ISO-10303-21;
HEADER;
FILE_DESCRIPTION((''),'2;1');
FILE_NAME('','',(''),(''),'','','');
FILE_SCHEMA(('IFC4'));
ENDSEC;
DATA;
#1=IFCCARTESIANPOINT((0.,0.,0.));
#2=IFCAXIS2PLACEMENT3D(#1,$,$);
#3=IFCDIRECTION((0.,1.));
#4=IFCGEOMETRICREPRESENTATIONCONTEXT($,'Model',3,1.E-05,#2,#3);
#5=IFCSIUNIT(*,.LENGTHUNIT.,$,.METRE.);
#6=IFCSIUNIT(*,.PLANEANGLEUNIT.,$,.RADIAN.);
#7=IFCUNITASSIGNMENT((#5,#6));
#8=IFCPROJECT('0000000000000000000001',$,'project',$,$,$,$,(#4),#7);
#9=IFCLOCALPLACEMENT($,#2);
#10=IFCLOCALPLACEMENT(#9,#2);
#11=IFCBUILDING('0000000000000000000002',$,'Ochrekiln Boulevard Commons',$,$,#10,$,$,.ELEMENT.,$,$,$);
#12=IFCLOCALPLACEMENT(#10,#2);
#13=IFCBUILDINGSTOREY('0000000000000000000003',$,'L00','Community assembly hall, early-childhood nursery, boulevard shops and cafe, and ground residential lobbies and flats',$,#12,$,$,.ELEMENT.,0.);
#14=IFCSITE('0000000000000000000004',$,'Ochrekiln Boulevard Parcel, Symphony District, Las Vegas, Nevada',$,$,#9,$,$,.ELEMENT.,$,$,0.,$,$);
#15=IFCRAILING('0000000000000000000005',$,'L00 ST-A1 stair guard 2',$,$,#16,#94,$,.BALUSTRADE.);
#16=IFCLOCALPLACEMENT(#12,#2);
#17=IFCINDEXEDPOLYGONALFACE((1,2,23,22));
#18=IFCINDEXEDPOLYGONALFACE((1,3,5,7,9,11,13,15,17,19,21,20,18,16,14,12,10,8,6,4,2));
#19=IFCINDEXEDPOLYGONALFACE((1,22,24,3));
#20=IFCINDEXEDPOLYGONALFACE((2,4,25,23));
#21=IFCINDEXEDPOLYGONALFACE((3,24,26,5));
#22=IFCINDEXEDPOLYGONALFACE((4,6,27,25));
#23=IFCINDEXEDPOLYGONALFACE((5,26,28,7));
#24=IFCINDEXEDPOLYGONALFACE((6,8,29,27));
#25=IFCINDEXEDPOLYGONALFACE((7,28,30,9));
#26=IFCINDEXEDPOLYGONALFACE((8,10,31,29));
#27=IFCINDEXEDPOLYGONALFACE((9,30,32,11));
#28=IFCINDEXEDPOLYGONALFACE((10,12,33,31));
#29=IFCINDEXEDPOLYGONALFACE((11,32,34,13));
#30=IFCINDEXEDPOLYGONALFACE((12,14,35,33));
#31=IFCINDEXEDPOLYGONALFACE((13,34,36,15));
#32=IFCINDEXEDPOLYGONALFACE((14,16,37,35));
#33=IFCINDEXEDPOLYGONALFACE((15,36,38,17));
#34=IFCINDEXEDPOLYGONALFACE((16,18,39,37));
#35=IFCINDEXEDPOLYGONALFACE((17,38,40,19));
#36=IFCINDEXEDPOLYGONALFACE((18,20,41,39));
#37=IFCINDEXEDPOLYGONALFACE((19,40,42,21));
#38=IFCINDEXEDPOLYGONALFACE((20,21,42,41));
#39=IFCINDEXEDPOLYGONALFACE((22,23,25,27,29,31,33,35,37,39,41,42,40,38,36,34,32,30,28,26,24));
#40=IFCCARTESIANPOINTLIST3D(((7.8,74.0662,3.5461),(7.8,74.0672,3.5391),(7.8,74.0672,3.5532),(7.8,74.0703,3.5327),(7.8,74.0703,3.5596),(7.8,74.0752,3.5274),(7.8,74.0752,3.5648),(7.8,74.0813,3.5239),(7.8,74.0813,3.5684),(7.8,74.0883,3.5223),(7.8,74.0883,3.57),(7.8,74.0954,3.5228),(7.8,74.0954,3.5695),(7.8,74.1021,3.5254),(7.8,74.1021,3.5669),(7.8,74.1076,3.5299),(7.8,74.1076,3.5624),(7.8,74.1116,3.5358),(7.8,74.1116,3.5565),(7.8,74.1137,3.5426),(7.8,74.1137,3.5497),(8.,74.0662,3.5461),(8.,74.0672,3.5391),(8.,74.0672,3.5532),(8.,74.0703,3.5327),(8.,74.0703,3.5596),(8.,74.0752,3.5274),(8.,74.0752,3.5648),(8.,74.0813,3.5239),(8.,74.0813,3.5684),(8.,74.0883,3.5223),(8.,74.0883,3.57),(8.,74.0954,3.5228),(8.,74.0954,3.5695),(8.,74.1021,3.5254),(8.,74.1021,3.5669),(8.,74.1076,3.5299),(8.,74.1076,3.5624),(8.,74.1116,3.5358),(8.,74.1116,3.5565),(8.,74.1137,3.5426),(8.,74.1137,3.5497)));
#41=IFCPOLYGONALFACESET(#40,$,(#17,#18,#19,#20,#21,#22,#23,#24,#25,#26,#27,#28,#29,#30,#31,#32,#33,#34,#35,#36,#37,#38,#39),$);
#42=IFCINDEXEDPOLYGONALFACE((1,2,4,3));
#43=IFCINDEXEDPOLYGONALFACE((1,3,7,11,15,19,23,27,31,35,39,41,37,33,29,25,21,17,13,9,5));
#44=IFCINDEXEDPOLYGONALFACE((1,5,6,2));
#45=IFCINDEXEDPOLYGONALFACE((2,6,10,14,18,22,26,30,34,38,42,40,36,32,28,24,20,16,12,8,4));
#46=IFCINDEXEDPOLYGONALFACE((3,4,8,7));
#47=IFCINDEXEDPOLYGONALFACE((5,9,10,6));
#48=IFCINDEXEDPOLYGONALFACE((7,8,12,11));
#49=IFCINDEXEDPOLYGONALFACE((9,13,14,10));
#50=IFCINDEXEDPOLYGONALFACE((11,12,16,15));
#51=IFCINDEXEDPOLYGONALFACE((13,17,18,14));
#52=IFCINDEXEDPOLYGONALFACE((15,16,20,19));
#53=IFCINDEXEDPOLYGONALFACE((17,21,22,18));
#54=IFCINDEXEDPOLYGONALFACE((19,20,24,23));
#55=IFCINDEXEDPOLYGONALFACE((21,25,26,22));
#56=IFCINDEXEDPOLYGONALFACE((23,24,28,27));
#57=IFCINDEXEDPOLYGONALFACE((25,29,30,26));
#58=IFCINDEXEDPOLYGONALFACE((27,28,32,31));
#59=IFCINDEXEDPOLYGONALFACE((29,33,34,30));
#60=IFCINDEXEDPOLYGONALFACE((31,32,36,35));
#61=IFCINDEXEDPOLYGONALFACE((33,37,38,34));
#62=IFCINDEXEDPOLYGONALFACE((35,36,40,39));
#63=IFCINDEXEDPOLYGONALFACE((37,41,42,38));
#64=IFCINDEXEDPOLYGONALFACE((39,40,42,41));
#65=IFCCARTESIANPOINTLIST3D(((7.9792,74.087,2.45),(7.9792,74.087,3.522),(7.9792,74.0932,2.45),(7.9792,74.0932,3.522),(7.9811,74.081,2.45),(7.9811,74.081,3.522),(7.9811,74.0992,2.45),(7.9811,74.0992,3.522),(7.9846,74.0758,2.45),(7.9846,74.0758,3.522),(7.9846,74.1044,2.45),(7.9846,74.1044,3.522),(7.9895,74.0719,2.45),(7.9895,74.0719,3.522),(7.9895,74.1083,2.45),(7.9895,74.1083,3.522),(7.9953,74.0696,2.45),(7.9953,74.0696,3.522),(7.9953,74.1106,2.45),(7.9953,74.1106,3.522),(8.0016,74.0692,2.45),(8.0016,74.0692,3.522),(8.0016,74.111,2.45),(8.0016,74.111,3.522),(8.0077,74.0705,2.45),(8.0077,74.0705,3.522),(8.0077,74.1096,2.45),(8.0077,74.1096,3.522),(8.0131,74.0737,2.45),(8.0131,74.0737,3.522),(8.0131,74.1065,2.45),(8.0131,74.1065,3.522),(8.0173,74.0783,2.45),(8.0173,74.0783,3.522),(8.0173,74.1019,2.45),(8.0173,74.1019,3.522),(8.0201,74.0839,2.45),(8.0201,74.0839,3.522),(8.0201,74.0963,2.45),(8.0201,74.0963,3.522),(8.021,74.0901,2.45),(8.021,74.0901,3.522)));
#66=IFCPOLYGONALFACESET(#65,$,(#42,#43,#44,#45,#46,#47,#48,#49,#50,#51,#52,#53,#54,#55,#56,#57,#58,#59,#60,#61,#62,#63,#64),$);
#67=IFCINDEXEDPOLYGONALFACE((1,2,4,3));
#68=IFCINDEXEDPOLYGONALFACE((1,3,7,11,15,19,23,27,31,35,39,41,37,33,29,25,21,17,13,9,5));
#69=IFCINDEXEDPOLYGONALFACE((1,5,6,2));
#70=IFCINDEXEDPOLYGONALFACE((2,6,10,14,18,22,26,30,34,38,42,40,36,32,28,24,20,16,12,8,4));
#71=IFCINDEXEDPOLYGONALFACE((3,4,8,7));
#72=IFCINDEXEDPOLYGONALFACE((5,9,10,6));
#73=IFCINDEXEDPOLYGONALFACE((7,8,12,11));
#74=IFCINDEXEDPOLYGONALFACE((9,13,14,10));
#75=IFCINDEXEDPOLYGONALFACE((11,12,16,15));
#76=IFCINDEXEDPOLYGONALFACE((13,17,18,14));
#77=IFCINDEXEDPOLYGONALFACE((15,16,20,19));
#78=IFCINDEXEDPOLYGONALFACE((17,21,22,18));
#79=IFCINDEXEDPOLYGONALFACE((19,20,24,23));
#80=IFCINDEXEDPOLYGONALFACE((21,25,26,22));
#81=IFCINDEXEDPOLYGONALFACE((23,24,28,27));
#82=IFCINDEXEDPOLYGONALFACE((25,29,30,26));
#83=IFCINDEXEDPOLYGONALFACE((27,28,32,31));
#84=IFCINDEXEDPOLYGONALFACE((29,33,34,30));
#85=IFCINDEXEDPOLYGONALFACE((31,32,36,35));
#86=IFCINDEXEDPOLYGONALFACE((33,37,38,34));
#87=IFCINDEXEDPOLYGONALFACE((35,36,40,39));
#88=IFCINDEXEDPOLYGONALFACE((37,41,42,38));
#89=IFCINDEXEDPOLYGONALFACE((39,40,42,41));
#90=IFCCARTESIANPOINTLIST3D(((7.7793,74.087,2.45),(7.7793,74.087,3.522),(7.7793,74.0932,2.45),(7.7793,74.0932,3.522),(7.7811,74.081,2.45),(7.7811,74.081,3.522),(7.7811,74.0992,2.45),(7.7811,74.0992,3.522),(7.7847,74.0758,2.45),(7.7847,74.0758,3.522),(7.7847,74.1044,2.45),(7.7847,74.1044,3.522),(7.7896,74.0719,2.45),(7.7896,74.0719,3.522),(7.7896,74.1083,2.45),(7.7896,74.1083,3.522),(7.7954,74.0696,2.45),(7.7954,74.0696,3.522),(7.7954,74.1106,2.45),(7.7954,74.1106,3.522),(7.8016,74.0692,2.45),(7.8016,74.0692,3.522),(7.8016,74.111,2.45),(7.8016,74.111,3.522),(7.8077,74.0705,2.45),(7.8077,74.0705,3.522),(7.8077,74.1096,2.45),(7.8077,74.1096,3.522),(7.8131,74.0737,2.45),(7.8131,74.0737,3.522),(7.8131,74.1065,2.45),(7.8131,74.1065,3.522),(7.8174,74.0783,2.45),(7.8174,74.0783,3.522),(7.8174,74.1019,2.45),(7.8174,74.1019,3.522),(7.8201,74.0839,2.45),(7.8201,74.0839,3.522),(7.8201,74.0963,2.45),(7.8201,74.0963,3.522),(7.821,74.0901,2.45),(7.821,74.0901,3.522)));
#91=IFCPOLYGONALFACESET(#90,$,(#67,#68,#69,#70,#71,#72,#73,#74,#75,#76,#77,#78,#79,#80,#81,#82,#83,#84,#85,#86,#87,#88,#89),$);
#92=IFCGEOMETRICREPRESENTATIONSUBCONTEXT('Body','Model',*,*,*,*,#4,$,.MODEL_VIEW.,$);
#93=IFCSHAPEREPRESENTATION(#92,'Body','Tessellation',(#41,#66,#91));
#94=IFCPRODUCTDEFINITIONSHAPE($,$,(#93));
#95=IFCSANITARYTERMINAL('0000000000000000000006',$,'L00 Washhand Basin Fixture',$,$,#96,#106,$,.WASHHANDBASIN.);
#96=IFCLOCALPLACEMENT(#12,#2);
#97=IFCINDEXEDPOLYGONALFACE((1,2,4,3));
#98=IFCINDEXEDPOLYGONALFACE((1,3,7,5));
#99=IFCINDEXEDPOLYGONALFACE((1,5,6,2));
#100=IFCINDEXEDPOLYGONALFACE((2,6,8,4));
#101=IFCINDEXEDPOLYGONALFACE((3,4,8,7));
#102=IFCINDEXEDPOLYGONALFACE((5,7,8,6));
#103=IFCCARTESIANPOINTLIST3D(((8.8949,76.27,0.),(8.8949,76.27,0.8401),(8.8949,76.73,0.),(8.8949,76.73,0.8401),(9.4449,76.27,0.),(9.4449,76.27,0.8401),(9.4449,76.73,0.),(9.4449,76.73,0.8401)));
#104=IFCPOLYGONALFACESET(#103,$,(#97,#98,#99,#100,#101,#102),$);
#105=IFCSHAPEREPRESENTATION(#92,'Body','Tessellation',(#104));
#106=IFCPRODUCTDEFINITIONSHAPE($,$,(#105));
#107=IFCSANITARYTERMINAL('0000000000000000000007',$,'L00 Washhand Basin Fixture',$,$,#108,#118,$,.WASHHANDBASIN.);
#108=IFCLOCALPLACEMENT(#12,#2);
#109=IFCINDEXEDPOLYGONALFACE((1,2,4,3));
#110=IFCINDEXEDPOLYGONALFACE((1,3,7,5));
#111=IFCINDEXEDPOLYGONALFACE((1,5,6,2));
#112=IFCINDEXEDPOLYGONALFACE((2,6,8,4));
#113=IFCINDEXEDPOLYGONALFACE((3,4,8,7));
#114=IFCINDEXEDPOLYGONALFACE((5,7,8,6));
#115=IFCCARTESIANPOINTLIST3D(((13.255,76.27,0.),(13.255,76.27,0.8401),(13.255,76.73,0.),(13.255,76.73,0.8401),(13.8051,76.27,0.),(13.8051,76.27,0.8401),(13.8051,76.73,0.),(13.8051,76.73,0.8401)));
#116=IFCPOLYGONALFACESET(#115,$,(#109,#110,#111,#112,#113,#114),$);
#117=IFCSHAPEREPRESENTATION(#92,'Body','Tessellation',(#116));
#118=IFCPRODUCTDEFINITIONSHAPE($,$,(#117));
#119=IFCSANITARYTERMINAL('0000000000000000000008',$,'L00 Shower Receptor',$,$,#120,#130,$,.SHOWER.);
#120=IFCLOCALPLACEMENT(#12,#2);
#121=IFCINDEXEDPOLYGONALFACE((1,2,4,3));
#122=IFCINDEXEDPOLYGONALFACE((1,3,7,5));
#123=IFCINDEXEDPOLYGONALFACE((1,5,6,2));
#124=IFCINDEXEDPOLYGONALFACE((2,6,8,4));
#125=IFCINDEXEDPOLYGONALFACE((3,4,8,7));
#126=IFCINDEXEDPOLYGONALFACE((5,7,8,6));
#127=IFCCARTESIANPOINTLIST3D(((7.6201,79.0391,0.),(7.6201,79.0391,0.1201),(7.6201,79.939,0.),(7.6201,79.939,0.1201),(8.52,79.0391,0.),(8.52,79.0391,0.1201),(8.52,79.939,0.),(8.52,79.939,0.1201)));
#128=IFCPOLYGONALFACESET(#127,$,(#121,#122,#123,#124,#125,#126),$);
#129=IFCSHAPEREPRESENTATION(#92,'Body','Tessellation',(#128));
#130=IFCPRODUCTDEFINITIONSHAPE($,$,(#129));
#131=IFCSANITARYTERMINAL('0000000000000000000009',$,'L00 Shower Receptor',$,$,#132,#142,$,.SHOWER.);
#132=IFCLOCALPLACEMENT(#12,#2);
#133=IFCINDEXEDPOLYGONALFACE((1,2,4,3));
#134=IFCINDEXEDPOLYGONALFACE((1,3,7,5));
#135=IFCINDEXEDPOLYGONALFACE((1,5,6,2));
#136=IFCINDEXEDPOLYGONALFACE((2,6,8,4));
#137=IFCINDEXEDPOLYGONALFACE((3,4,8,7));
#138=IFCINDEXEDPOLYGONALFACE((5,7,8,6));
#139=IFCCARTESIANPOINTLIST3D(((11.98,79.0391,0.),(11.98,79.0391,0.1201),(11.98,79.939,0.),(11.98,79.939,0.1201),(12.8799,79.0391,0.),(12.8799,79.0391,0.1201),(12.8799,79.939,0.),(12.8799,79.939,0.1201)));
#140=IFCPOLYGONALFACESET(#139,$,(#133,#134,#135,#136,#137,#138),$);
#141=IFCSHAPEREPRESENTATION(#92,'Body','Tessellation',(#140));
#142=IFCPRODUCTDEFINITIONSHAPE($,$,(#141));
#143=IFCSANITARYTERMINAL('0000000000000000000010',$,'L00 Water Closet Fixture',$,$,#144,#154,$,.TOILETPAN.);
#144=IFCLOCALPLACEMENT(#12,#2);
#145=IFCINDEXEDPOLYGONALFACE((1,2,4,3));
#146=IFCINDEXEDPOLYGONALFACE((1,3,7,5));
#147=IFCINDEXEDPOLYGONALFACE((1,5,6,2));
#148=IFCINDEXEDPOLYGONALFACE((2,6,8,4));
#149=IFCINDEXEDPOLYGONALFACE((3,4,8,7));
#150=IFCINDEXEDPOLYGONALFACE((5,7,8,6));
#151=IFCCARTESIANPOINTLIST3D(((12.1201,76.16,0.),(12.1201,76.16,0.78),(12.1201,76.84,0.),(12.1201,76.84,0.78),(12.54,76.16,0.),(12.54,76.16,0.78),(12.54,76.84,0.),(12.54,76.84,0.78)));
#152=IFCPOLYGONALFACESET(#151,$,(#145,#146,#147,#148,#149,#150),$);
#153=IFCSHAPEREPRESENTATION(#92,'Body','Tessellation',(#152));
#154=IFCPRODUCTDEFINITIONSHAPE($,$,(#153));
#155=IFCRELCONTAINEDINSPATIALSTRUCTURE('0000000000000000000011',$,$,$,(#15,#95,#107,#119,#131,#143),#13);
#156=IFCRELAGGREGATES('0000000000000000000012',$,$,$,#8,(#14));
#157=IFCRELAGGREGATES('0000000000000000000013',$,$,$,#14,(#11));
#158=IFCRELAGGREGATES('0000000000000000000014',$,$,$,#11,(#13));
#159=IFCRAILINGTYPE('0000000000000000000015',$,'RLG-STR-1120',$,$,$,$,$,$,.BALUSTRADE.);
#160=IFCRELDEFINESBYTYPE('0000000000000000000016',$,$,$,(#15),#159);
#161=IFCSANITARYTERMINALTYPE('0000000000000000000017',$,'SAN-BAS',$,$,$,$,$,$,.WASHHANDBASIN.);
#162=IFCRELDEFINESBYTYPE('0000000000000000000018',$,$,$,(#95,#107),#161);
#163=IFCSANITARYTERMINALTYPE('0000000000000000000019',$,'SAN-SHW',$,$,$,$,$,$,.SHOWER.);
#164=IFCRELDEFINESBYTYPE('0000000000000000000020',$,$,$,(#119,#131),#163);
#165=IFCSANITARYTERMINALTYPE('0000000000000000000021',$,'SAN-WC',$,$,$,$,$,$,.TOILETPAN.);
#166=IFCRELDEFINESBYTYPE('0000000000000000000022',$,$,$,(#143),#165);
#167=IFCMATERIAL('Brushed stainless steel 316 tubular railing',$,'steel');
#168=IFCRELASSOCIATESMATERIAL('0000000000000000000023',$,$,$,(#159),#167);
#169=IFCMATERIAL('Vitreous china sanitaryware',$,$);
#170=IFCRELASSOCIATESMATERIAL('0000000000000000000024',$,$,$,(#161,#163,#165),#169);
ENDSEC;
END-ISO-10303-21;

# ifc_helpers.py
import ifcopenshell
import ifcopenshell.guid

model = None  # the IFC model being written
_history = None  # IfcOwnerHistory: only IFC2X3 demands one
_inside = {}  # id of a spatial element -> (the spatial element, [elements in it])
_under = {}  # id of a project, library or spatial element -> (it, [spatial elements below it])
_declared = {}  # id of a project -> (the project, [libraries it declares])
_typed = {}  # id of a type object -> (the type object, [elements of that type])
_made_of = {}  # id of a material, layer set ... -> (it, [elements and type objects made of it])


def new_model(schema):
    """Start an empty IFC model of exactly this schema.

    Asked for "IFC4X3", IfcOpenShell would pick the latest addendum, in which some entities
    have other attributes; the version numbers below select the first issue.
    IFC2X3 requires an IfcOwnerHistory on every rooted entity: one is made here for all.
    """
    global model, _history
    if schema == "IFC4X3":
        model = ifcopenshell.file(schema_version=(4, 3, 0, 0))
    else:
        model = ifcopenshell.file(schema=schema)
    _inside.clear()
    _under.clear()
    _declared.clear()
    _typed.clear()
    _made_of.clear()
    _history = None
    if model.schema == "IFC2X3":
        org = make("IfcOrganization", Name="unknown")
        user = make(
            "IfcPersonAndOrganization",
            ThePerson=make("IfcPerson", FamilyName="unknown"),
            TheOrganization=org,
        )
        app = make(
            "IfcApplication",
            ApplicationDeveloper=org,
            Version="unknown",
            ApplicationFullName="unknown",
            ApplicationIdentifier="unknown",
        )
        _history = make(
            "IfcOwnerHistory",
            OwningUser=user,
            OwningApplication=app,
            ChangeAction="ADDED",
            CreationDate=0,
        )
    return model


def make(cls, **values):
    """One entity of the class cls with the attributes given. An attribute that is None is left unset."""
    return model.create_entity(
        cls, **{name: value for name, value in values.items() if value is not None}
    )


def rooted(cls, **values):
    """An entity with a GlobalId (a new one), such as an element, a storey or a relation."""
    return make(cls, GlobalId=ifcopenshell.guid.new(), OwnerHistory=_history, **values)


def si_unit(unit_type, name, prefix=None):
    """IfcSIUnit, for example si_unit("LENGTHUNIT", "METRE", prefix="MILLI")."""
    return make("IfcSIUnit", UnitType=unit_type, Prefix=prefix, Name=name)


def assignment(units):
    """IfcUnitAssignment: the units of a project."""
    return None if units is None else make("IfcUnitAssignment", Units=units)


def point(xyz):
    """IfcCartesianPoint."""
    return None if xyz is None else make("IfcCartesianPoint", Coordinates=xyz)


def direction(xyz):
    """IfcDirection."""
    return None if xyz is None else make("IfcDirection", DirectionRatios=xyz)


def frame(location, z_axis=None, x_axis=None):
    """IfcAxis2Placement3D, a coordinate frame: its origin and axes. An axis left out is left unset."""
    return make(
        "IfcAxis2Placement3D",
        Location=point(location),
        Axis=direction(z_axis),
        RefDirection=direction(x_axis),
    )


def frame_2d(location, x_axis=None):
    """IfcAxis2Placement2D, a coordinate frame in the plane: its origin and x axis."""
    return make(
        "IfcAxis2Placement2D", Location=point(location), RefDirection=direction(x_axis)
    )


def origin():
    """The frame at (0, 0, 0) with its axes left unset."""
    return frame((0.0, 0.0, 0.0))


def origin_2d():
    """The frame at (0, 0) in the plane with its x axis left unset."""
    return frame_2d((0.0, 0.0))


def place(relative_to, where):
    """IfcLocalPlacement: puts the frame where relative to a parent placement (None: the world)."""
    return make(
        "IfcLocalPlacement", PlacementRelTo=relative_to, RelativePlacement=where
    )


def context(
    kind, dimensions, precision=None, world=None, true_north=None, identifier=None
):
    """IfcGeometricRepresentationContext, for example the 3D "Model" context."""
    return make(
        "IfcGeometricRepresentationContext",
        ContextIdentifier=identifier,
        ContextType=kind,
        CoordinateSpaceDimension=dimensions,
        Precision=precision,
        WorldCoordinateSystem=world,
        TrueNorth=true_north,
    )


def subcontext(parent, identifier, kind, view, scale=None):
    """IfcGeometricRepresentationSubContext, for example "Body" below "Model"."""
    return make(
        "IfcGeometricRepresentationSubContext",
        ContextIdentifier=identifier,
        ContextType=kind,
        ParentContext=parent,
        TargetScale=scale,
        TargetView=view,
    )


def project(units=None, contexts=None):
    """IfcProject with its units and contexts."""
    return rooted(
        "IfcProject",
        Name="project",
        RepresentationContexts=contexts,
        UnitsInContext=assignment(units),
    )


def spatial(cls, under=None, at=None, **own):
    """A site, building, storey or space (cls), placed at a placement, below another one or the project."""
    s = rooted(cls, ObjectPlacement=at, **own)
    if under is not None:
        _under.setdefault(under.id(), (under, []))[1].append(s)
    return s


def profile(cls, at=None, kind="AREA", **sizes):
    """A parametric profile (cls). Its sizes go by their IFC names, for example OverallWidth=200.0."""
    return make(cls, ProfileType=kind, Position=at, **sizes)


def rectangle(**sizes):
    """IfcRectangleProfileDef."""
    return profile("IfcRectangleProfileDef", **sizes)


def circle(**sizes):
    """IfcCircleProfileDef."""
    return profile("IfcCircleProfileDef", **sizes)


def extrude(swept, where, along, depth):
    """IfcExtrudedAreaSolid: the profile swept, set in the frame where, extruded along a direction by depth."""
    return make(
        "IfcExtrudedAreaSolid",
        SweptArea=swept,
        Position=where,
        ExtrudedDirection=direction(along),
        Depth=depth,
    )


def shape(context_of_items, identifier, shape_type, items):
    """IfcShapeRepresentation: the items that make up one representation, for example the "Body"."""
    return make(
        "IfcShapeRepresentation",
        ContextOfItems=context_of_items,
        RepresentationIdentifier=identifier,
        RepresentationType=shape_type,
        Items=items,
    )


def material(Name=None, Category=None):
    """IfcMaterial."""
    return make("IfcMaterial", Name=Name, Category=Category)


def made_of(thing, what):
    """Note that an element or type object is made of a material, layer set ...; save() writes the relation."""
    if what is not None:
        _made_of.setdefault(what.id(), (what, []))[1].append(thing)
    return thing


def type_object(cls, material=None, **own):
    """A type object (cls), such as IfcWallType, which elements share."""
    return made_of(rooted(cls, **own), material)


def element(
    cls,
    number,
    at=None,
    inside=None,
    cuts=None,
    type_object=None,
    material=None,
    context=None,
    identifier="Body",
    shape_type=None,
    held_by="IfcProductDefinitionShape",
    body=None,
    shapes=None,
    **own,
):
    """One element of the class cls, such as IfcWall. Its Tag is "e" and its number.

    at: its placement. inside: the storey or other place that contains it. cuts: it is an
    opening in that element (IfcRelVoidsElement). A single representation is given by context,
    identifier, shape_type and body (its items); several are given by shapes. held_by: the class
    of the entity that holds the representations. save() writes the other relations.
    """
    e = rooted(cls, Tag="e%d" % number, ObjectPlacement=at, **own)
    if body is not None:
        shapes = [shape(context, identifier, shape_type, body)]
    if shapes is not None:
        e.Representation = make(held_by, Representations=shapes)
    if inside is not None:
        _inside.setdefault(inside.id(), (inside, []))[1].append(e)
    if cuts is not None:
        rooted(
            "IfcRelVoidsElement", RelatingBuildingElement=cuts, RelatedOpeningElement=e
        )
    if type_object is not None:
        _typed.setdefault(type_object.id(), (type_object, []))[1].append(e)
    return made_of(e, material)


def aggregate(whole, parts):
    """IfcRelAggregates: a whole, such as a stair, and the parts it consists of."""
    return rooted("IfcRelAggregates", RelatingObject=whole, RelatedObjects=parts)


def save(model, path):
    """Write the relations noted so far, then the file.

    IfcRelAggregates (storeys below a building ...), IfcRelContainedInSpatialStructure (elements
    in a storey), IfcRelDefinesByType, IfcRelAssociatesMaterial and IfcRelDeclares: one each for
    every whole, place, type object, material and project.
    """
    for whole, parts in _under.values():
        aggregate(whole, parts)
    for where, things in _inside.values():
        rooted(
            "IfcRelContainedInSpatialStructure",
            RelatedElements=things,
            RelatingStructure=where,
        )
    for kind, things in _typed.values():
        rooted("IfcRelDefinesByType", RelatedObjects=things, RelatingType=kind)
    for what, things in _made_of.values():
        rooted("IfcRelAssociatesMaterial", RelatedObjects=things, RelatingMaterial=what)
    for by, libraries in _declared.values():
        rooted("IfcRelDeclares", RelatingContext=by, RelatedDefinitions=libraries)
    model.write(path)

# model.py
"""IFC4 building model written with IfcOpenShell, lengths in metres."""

from ifc_helpers import new_model, si_unit, direction, frame, origin, origin_2d, place, context, subcontext, project, spatial, rectangle, circle, extrude, material, type_object, element, save


model = new_model("IFC4")

# Units and contexts
model_context = context("Model", 3, precision=1e-05, world=origin(), true_north=direction((0.0, 1.0)))
body_context = subcontext(model_context, "Body", "Model", "MODEL_VIEW")
ifc_project = project(units=[si_unit("LENGTHUNIT", "METRE"), si_unit("PLANEANGLEUNIT", "RADIAN")], contexts=[model_context])

# Site, building, storey
site_placement = place(None, origin())
site = spatial("IfcSite", under=ifc_project, at=site_placement, Name="Ochrekiln Boulevard Parcel, Symphony District, Las Vegas, Nevada", CompositionType="ELEMENT", RefElevation=0.0)
building_placement = place(site_placement, origin())
building = spatial("IfcBuilding", under=site, at=building_placement, Name="Ochrekiln Boulevard Commons", CompositionType="ELEMENT")
storey_placement = place(building_placement, origin())
storey = spatial("IfcBuildingStorey", under=building, at=storey_placement, Name="L00", Description="Community assembly hall, early-childhood nursery, boulevard shops and cafe, and ground residential lobbies and flats", CompositionType="ELEMENT", Elevation=0.0)

# Railing
ifc_material_1 = material(Name="Brushed stainless steel 316 tubular railing", Category="steel")
railing_type = type_object("IfcRailingType", Name="RLG-STR-1120", PredefinedType="BALUSTRADE", material=ifc_material_1)
railing_placement = place(storey_placement, frame((8.0, 74.0901, 2.45)))
element("IfcRailing", 1, at=railing_placement, inside=storey, type_object=railing_type, Name="L00 ST-A1 stair guard 2", PredefinedType="BALUSTRADE", context=body_context, shape_type="SweptSolid", body=[
    extrude(circle(Radius=0.0239, at=origin_2d()), frame((0.0, 0.0, 1.0962), z_axis=(-1.0, 0.0, 0.0), x_axis=(0.0, -1.0, 0.0)), (0.0, 0.0, 1.0), 0.2),
    extrude(circle(Radius=0.021, at=origin_2d()), origin(), (0.0, 0.0, 1.0), 1.072),
    extrude(circle(Radius=0.021, at=origin_2d()), frame((-0.2, 0.0, 0.0)), (0.0, 0.0, 1.0), 1.072),
])

# Sanitary terminals
ifc_material_2 = material(Name="Vitreous china sanitaryware")
sanitary_terminal_type_1 = type_object("IfcSanitaryTerminalType", Name="SAN-BAS", PredefinedType="WASHHANDBASIN", material=ifc_material_2)
for number, where, z_axis, x_axis, name in (
    (2, (9.1699, 76.5, 0.0), (0.0, 0.0, 1.0), (1.0, 0.0, 0.0), "L00 Washhand Basin Fixture"),
    (3, (13.53, 76.5, 0.0), (0.0, 0.0, 1.0), (1.0, 0.0, 0.0), "L00 Washhand Basin Fixture"),
):
    element("IfcSanitaryTerminal", number, at=place(storey_placement, frame(where, z_axis=z_axis, x_axis=x_axis)), inside=storey, type_object=sanitary_terminal_type_1, Name=name, PredefinedType="WASHHANDBASIN", context=body_context, shape_type="SweptSolid", body=[
        extrude(rectangle(XDim=0.55, YDim=0.46, at=origin_2d()), origin(), (0.0, 0.0, 1.0), 0.8401),
    ])
sanitary_terminal_type_2 = type_object("IfcSanitaryTerminalType", Name="SAN-SHW", PredefinedType="SHOWER", material=ifc_material_2)
for number, where, z_axis, x_axis, name in (
    (4, (8.0701, 79.489, 0.0), (0.0, 0.0, 1.0), (1.0, 0.0, 0.0), "L00 Shower Receptor"),
    (5, (12.4299, 79.489, 0.0), (0.0, 0.0, 1.0), (1.0, 0.0, 0.0), "L00 Shower Receptor"),
):
    element("IfcSanitaryTerminal", number, at=place(storey_placement, frame(where, z_axis=z_axis, x_axis=x_axis)), inside=storey, type_object=sanitary_terminal_type_2, Name=name, PredefinedType="SHOWER", context=body_context, shape_type="SweptSolid", body=[
        extrude(rectangle(XDim=0.8999, YDim=0.8999, at=origin_2d()), origin(), (0.0, 0.0, 1.0), 0.1201),
    ])
sanitary_terminal_type_3 = type_object("IfcSanitaryTerminalType", Name="SAN-WC", PredefinedType="TOILETPAN", material=ifc_material_2)
sanitary_terminal_placement = place(storey_placement, frame((12.3301, 76.5, 0.0), z_axis=(0.0, 0.0, 1.0), x_axis=(1.0, 0.0, 0.0)))
element("IfcSanitaryTerminal", 6, at=sanitary_terminal_placement, inside=storey, type_object=sanitary_terminal_type_3, Name="L00 Water Closet Fixture", PredefinedType="TOILETPAN", context=body_context, shape_type="SweptSolid", body=[
    extrude(rectangle(XDim=0.4199, YDim=0.6799, at=origin_2d()), origin(), (0.0, 0.0, 1.0), 0.78),
])

save(model, "model.ifc")
